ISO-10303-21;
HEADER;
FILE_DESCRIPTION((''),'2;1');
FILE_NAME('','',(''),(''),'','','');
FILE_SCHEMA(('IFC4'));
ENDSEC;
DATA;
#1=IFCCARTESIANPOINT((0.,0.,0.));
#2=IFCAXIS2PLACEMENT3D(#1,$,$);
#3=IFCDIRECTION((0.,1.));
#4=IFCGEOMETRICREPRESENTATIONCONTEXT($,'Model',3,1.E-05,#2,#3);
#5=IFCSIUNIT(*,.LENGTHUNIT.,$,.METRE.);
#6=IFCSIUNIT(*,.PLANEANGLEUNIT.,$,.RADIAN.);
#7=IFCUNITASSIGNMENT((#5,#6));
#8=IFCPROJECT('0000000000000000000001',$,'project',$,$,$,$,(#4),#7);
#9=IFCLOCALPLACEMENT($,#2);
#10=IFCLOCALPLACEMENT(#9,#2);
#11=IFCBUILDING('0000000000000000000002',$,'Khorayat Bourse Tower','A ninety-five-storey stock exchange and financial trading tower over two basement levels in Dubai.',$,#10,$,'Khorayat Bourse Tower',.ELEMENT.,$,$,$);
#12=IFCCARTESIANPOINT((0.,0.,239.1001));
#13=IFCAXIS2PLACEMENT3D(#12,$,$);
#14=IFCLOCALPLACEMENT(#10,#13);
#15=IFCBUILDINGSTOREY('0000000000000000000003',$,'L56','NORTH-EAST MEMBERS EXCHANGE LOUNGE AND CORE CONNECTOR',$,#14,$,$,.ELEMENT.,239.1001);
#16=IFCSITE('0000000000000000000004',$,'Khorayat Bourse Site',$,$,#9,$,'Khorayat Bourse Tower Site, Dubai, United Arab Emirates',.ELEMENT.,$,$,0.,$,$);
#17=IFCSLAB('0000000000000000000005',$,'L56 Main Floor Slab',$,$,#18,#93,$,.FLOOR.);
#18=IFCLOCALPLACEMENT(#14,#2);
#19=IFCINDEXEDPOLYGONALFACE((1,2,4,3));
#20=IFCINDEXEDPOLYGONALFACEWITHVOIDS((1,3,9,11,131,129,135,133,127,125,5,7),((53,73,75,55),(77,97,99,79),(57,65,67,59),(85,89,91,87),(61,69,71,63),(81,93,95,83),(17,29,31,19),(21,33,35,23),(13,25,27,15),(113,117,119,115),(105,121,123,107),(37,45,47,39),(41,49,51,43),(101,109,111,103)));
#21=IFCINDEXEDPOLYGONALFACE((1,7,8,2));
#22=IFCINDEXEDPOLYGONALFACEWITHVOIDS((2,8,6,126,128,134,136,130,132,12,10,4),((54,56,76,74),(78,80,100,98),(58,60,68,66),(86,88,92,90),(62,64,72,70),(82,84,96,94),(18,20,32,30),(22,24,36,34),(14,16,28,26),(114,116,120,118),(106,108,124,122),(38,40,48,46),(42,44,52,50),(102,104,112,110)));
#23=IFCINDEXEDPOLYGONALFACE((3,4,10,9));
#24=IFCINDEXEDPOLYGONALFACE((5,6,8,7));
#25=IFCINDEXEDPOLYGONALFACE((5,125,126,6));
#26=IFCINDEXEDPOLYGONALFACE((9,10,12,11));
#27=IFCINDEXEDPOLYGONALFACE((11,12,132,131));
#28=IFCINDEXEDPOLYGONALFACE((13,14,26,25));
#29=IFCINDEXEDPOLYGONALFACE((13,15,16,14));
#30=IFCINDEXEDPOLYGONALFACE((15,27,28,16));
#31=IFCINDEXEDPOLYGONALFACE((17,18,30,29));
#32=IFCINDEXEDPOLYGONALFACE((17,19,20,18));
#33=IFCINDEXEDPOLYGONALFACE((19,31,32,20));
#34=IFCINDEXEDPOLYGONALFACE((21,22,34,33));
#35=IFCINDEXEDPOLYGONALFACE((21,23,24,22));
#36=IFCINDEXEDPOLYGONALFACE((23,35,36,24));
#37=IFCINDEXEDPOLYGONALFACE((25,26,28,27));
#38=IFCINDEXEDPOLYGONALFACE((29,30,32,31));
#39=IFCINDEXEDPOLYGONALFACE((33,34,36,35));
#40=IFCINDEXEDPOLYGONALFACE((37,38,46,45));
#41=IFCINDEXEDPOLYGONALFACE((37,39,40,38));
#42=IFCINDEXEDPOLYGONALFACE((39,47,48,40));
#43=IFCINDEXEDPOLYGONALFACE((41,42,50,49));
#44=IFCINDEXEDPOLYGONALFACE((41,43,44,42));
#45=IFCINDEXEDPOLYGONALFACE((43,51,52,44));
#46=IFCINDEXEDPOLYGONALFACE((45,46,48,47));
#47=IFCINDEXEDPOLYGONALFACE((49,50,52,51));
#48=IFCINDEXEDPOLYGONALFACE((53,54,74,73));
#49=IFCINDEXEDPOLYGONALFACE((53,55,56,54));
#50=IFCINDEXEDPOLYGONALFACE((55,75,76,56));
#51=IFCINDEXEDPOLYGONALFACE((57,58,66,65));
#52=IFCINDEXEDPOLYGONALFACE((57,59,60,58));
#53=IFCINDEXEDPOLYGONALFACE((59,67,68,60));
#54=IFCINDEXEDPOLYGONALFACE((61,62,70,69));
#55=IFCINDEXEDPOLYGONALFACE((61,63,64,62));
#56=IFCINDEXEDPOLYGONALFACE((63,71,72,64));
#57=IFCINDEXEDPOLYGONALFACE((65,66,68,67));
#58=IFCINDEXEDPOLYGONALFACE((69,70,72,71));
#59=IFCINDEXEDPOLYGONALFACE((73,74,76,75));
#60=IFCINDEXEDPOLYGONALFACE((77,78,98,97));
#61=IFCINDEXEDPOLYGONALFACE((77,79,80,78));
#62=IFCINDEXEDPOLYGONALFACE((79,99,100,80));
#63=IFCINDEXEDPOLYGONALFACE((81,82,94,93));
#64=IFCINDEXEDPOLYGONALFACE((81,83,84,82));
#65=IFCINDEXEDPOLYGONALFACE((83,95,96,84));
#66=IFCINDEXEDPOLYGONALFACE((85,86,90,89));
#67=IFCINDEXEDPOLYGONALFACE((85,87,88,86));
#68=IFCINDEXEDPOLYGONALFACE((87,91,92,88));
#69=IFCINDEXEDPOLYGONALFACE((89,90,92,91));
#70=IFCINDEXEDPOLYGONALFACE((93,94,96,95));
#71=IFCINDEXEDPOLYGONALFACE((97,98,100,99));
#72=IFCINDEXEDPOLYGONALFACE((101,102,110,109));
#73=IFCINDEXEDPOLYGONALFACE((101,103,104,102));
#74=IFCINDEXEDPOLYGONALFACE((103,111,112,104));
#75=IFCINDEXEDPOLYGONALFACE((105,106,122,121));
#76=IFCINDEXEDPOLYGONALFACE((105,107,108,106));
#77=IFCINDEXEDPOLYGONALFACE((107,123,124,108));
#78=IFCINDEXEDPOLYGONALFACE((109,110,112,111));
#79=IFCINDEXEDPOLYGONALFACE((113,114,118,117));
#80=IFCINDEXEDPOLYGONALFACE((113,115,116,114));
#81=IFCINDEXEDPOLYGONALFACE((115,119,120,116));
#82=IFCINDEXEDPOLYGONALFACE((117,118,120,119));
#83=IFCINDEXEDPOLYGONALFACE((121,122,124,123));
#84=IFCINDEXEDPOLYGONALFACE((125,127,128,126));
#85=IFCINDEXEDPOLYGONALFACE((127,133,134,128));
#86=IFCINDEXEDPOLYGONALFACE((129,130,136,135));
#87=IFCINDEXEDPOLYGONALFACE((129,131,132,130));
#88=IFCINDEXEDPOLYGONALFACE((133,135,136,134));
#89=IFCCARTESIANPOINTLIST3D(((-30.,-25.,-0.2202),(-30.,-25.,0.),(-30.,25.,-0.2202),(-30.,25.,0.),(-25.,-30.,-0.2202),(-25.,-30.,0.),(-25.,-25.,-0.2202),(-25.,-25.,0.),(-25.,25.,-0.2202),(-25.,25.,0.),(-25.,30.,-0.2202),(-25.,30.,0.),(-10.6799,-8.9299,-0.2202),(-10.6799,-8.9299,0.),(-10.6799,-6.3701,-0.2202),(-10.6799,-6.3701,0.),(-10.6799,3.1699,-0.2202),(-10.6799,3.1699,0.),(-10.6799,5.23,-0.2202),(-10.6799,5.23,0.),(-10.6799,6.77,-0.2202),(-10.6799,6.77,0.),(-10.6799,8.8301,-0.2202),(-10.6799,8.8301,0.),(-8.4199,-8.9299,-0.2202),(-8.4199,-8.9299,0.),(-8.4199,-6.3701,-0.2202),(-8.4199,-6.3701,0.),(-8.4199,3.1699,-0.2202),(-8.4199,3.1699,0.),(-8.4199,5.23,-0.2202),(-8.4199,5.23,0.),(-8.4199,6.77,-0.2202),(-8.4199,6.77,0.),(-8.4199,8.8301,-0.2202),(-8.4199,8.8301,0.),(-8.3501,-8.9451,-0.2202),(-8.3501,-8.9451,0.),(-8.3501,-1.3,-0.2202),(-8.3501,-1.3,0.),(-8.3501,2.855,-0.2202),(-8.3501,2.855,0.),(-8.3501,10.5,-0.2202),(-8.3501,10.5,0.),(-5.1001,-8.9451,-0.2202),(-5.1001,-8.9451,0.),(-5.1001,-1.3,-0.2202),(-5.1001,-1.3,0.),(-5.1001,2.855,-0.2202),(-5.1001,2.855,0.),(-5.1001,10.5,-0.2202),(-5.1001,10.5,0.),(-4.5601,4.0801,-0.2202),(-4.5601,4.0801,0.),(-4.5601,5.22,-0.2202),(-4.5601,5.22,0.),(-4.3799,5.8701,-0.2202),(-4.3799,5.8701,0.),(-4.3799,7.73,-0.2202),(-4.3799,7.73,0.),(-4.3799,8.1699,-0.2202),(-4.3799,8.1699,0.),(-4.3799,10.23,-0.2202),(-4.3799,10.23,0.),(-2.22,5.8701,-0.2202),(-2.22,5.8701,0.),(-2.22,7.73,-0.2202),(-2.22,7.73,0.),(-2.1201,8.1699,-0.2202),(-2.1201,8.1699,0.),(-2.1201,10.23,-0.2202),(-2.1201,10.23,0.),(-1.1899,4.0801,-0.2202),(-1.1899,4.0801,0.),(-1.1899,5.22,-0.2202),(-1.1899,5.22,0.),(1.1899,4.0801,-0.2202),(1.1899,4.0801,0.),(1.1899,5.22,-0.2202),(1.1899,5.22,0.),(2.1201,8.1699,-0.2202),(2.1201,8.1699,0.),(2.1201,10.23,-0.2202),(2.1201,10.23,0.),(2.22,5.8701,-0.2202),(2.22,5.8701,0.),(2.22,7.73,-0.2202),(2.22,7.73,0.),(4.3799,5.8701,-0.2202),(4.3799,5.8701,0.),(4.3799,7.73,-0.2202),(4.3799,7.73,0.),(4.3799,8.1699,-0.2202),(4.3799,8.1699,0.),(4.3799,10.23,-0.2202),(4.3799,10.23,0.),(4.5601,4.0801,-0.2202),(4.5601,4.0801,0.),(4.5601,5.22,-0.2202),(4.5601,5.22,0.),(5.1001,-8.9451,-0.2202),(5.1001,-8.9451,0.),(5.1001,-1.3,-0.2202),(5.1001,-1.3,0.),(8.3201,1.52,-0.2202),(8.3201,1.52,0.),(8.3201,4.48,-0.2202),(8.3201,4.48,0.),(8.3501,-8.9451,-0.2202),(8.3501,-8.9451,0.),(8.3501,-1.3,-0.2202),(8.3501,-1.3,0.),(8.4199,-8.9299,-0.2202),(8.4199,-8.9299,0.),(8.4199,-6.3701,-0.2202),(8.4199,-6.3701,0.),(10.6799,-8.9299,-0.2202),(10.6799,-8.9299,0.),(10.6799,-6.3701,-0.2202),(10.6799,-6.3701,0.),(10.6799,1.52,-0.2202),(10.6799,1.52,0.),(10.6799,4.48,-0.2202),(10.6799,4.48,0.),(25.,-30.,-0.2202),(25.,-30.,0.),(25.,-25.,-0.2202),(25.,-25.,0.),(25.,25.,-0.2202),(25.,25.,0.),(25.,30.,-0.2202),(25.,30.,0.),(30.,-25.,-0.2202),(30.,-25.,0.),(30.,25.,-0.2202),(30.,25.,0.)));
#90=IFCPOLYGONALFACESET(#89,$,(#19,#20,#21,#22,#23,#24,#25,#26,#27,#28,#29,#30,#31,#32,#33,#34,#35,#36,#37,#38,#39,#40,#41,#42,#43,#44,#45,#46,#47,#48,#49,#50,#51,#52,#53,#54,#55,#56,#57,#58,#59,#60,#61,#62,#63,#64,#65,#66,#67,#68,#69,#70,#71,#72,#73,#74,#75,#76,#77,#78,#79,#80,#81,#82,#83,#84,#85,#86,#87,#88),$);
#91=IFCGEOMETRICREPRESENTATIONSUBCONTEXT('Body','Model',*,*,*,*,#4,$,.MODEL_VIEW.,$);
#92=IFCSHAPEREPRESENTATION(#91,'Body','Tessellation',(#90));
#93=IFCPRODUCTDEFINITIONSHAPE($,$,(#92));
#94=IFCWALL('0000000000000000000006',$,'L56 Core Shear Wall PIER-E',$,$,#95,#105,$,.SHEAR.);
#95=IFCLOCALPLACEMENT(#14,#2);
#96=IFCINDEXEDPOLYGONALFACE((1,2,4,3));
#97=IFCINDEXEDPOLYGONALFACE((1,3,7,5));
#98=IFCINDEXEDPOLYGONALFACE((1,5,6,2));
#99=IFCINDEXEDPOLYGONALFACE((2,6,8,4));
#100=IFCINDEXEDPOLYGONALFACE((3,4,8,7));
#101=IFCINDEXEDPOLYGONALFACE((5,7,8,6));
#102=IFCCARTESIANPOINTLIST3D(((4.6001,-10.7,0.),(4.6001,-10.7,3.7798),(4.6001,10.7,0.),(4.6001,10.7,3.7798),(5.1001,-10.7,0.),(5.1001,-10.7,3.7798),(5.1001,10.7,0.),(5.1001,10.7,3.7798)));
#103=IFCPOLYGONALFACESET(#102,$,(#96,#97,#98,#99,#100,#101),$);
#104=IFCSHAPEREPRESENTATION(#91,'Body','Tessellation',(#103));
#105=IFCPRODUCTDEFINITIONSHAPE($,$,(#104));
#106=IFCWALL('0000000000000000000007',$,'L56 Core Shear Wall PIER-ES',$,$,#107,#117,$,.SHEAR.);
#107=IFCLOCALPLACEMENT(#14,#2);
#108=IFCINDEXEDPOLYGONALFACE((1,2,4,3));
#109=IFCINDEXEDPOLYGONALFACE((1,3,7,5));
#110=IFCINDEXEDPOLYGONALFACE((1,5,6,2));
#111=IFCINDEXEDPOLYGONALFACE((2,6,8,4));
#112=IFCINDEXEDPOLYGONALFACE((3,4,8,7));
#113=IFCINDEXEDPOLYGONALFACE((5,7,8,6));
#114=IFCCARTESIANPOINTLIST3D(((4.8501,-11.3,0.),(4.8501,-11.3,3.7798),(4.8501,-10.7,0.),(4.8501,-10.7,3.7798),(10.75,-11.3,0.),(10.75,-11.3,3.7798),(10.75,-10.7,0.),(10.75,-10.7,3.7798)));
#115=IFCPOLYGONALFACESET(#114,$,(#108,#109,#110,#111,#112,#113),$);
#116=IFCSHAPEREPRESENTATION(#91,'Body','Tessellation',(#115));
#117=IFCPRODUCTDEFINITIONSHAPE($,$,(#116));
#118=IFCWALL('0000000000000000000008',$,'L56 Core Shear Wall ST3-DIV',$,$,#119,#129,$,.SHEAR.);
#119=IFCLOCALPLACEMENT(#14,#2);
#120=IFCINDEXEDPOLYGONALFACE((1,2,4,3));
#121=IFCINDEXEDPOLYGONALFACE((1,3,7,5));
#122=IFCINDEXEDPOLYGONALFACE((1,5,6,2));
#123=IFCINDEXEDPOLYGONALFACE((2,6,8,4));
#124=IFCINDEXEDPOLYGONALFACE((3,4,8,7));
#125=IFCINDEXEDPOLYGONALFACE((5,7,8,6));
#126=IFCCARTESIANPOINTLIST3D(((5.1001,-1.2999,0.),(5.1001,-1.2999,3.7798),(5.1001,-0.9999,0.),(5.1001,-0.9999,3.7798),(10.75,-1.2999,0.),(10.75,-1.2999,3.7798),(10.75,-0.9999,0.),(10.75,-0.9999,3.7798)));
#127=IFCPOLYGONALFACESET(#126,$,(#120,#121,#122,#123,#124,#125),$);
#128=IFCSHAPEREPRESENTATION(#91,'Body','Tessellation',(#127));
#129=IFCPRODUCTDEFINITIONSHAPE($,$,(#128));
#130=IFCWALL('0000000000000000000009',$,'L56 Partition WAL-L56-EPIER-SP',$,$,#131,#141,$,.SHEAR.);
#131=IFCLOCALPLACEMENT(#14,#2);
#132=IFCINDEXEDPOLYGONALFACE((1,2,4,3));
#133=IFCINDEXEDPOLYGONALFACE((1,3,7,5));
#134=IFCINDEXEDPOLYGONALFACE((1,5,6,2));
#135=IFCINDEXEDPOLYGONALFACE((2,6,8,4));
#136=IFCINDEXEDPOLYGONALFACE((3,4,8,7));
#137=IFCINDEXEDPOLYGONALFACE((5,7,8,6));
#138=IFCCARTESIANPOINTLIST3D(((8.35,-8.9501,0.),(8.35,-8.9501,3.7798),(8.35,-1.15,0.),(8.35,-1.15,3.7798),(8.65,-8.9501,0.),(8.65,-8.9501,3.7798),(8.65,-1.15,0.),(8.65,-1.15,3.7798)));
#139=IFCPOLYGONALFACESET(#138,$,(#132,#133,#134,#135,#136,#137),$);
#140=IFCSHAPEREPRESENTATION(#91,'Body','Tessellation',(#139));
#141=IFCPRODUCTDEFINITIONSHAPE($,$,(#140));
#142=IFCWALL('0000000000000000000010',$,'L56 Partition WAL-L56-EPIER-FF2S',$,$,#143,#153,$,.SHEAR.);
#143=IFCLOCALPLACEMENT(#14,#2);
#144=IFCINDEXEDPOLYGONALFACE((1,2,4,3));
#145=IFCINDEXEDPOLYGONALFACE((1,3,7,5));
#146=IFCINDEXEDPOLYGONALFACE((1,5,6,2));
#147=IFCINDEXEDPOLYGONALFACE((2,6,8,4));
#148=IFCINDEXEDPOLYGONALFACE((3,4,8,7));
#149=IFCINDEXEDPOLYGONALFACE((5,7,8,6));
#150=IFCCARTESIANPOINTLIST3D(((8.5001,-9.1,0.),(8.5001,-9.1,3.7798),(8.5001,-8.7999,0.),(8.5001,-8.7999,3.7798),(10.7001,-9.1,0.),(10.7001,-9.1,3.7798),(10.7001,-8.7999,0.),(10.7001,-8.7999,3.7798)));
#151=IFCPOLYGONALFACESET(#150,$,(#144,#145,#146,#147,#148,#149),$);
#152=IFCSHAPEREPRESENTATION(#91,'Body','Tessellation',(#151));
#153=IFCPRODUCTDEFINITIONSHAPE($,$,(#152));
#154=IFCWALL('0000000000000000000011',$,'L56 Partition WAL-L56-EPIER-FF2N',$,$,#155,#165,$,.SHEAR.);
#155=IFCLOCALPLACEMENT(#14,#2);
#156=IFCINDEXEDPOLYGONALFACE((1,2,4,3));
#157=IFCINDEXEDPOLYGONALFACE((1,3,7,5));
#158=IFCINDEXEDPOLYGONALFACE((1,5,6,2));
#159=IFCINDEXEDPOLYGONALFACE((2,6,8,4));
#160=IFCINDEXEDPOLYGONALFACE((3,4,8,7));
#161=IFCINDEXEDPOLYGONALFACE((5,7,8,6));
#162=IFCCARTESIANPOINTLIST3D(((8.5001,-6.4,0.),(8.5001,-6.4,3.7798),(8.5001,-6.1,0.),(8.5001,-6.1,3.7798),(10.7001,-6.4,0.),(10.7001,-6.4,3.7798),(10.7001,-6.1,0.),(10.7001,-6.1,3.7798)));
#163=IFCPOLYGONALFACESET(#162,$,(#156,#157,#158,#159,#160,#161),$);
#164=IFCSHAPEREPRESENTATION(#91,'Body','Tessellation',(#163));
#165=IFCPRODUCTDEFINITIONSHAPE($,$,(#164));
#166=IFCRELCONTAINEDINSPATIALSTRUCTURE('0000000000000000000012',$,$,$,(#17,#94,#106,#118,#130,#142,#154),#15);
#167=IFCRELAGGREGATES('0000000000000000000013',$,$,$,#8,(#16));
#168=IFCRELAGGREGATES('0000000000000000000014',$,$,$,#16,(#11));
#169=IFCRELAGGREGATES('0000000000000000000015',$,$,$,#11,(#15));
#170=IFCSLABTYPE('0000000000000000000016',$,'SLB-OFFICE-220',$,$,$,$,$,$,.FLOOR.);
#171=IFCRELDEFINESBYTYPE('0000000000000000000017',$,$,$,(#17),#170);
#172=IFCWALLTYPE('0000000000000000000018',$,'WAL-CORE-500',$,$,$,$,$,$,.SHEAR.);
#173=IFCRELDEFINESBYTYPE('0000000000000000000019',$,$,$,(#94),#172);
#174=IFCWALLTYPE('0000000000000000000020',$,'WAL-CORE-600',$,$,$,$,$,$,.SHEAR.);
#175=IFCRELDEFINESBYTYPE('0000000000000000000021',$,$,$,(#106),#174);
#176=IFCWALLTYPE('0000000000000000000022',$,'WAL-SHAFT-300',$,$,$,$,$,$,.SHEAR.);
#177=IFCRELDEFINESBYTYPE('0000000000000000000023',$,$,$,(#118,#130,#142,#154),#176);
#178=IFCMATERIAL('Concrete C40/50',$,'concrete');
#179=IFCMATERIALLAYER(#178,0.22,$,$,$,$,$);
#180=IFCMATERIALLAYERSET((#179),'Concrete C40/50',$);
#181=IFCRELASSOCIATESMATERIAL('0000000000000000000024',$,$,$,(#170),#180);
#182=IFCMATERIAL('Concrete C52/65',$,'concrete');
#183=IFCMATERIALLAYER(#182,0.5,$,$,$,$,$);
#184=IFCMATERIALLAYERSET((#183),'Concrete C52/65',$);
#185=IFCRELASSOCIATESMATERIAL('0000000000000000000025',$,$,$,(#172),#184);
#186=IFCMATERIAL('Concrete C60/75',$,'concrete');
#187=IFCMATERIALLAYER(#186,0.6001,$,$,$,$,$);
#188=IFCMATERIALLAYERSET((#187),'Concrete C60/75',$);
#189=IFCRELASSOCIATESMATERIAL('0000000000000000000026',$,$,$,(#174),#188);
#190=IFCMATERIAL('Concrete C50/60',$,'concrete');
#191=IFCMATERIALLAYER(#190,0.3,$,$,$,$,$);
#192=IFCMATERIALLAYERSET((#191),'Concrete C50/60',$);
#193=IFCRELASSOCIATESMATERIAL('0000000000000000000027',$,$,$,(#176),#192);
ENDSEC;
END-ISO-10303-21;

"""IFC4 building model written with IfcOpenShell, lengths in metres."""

from ifc_helpers import new_model, si_unit, direction, frame, frame_2d, origin, place, context, subcontext, project, spatial, polyline, rectangle, outline, extrude, source, transform, mapped, material, layer, layer_set, type_object, element, save


model = new_model("IFC4")

# Units and contexts
model_context = context("Model", 3, precision=1e-05, world=origin(), true_north=direction((0.0, 1.0)))
body_context = subcontext(model_context, "Body", "Model", "MODEL_VIEW")
ifc_project = project(units=[si_unit("LENGTHUNIT", "METRE"), si_unit("PLANEANGLEUNIT", "RADIAN")], contexts=[model_context])

# Site, building, storey
site_placement = place(None, origin())
site = spatial("IfcSite", under=ifc_project, at=site_placement, Name="Khorayat Bourse Site", LongName="Khorayat Bourse Tower Site, Dubai, United Arab Emirates", CompositionType="ELEMENT", RefElevation=0.0)
building_placement = place(site_placement, origin())
building = spatial("IfcBuilding", under=site, at=building_placement, Name="Khorayat Bourse Tower", Description="A ninety-five-storey stock exchange and financial trading tower over two basement levels in Dubai.", LongName="Khorayat Bourse Tower", CompositionType="ELEMENT")
storey_placement = place(building_placement, frame((0.0, 0.0, 239.1001)))
storey = spatial("IfcBuildingStorey", under=building, at=storey_placement, Name="L56", Description="NORTH-EAST MEMBERS EXCHANGE LOUNGE AND CORE CONNECTOR", CompositionType="ELEMENT", Elevation=239.1001)

# Shared definitions
ifc_material_1 = material(Name="Concrete C60/75", Category="concrete")

# Slab
ifc_material_2 = material(Name="Concrete C40/50", Category="concrete")
ifc_layer_1 = layer(ifc_material_2, 0.22)
ifc_layer_set_1 = layer_set([ifc_layer_1], Name="Concrete C40/50")
slab_type = type_object("IfcSlabType", Name="SLB-OFFICE-220", PredefinedType="FLOOR", material=ifc_layer_set_1)
slab_placement = place(storey_placement, frame((0.0, 0.0, -0.2202)))
element("IfcSlab", 1, at=slab_placement, inside=storey, type_object=slab_type, Name="L56 Main Floor Slab", PredefinedType="FLOOR", context=body_context, shape_type="SweptSolid", body=[
    extrude(outline(polyline([(-25.0, -30.0), (25.0, -30.0), (25.0, -25.0), (30.0, -25.0), (30.0, 25.0), (25.0, 25.0), (25.0, 30.0), (-25.0, 30.0), (-25.0, 25.0), (-30.0, 25.0), (-30.0, -25.0), (-25.0, -25.0), (-25.0, -30.0)]), holes=[polyline([(-8.3501, -8.9451), (-5.1001, -8.9451), (-5.1001, -1.3), (-8.3501, -1.3), (-8.3501, -8.9451)]), polyline([(-8.3501, 2.855), (-5.1001, 2.855), (-5.1001, 10.5), (-8.3501, 10.5), (-8.3501, 2.855)]), polyline([(5.1001, -8.9451), (8.3501, -8.9451), (8.3501, -1.3), (5.1001, -1.3), (5.1001, -8.9451)]), polyline([(-4.3799, 8.1699), (-2.1201, 8.1699), (-2.1201, 10.23), (-4.3799, 10.23), (-4.3799, 8.1699)]), polyline([(2.1201, 8.1699), (4.3799, 8.1699), (4.3799, 10.23), (2.1201, 10.23), (2.1201, 8.1699)]), polyline([(-4.3799, 5.8701), (-2.22, 5.8701), (-2.22, 7.73), (-4.3799, 7.73), (-4.3799, 5.8701)]), polyline([(2.22, 5.8701), (4.3799, 5.8701), (4.3799, 7.73), (2.22, 7.73), (2.22, 5.8701)]), polyline([(-10.6799, 3.1699), (-8.4199, 3.1699), (-8.4199, 5.23), (-10.6799, 5.23), (-10.6799, 3.1699)]), polyline([(-10.6799, 6.77), (-8.4199, 6.77), (-8.4199, 8.8301), (-10.6799, 8.8301), (-10.6799, 6.77)]), polyline([(-10.6799, -8.9299), (-8.4199, -8.9299), (-8.4199, -6.3701), (-10.6799, -6.3701), (-10.6799, -8.9299)]), polyline([(8.4199, -8.9299), (10.6799, -8.9299), (10.6799, -6.3701), (8.4199, -6.3701), (8.4199, -8.9299)]), polyline([(8.3201, 1.52), (10.6799, 1.52), (10.6799, 4.48), (8.3201, 4.48), (8.3201, 1.52)]), polyline([(-4.5601, 4.0801), (-1.1899, 4.0801), (-1.1899, 5.22), (-4.5601, 5.22), (-4.5601, 4.0801)]), polyline([(1.1899, 4.0801), (4.5601, 4.0801), (4.5601, 5.22), (1.1899, 5.22), (1.1899, 4.0801)])]), origin(), (0.0, 0.0, 1.0), 0.2202),
])

# Walls
ifc_material_3 = material(Name="Concrete C52/65", Category="concrete")
ifc_layer_2 = layer(ifc_material_3, 0.5)
ifc_layer_set_2 = layer_set([ifc_layer_2], Name="Concrete C52/65")
wall_type_1 = type_object("IfcWallType", Name="WAL-CORE-500", PredefinedType="SHEAR", material=ifc_layer_set_2)
shared_shape_1 = source(origin(), body_context, "Body", "SweptSolid", [
    extrude(rectangle(XDim=21.3999, YDim=0.5, at=frame_2d((10.7, 0.0))), origin(), (0.0, 0.0, 1.0), 3.7798),
])
wall_1_placement = place(storey_placement, frame((4.8501, -10.7, 0.0), z_axis=(0.0, 0.0, 1.0), x_axis=(0.0, 1.0, 0.0)))
element("IfcWall", 2, at=wall_1_placement, inside=storey, type_object=wall_type_1, Name="L56 Core Shear Wall PIER-E", PredefinedType="SHEAR", context=body_context, shape_type="MappedRepresentation", body=[
    mapped(shared_shape_1, transform((0.0, 0.0, 0.0), scale=1.0)),
])
ifc_layer_3 = layer(ifc_material_1, 0.6001)
ifc_layer_set_3 = layer_set([ifc_layer_3], Name="Concrete C60/75")
wall_type_2 = type_object("IfcWallType", Name="WAL-CORE-600", PredefinedType="SHEAR", material=ifc_layer_set_3)
shared_shape_2 = source(origin(), body_context, "Body", "SweptSolid", [
    extrude(rectangle(XDim=5.8999, YDim=0.6001, at=frame_2d((2.95, 0.0))), origin(), (0.0, 0.0, 1.0), 3.7798),
])
wall_2_placement = place(storey_placement, frame((4.8501, -11.0, 0.0), z_axis=(0.0, 0.0, 1.0), x_axis=(1.0, 0.0, 0.0)))
element("IfcWall", 3, at=wall_2_placement, inside=storey, type_object=wall_type_2, Name="L56 Core Shear Wall PIER-ES", PredefinedType="SHEAR", context=body_context, shape_type="MappedRepresentation", body=[
    mapped(shared_shape_2, transform((0.0, 0.0, 0.0), scale=1.0)),
])
ifc_material_4 = material(Name="Concrete C50/60", Category="concrete")
ifc_layer_4 = layer(ifc_material_4, 0.3)
ifc_layer_set_4 = layer_set([ifc_layer_4], Name="Concrete C50/60")
wall_type_3 = type_object("IfcWallType", Name="WAL-SHAFT-300", PredefinedType="SHEAR", material=ifc_layer_set_4)
shared_shape_3 = source(origin(), body_context, "Body", "SweptSolid", [
    extrude(rectangle(XDim=5.6499, YDim=0.3, at=frame_2d((2.825, 0.0))), origin(), (0.0, 0.0, 1.0), 3.7798),
])
wall_3_placement = place(storey_placement, frame((5.1001, -1.1499, 0.0), z_axis=(0.0, 0.0, 1.0), x_axis=(1.0, 0.0, 0.0)))
element("IfcWall", 4, at=wall_3_placement, inside=storey, type_object=wall_type_3, Name="L56 Core Shear Wall ST3-DIV", PredefinedType="SHEAR", context=body_context, shape_type="MappedRepresentation", body=[
    mapped(shared_shape_3, transform((0.0, 0.0, 0.0), scale=1.0)),
])
shared_shape_4 = source(origin(), body_context, "Body", "SweptSolid", [
    extrude(rectangle(XDim=7.8, YDim=0.3, at=frame_2d((3.8999, 0.0))), origin(), (0.0, 0.0, 1.0), 3.7798),
])
wall_4_placement = place(storey_placement, frame((8.5, -8.95, 0.0), z_axis=(0.0, 0.0, 1.0), x_axis=(0.0, 1.0, 0.0)))
element("IfcWall", 5, at=wall_4_placement, inside=storey, type_object=wall_type_3, Name="L56 Partition WAL-L56-EPIER-SP", PredefinedType="SHEAR", context=body_context, shape_type="MappedRepresentation", body=[
    mapped(shared_shape_4, transform((0.0, 0.0, 0.0), scale=1.0)),
])
shared_shape_5 = source(origin(), body_context, "Body", "SweptSolid", [
    extrude(rectangle(XDim=2.2, YDim=0.3, at=frame_2d((1.1001, 0.0))), origin(), (0.0, 0.0, 1.0), 3.7798),
])
for number, where, z_axis, x_axis, name in (
    (6, (8.5, -8.95, 0.0), (0.0, 0.0, 1.0), (1.0, 0.0, 0.0), "L56 Partition WAL-L56-EPIER-FF2S"),
    (7, (8.5, -6.25, 0.0), (0.0, 0.0, 1.0), (1.0, 0.0, 0.0), "L56 Partition WAL-L56-EPIER-FF2N"),
):
    element("IfcWall", number, at=place(storey_placement, frame(where, z_axis=z_axis, x_axis=x_axis)), inside=storey, type_object=wall_type_3, Name=name, PredefinedType="SHEAR", context=body_context, shape_type="MappedRepresentation", body=[
        mapped(shared_shape_5, transform((0.0, 0.0, 0.0), scale=1.0)),
    ])

save(model, "model.ifc")
